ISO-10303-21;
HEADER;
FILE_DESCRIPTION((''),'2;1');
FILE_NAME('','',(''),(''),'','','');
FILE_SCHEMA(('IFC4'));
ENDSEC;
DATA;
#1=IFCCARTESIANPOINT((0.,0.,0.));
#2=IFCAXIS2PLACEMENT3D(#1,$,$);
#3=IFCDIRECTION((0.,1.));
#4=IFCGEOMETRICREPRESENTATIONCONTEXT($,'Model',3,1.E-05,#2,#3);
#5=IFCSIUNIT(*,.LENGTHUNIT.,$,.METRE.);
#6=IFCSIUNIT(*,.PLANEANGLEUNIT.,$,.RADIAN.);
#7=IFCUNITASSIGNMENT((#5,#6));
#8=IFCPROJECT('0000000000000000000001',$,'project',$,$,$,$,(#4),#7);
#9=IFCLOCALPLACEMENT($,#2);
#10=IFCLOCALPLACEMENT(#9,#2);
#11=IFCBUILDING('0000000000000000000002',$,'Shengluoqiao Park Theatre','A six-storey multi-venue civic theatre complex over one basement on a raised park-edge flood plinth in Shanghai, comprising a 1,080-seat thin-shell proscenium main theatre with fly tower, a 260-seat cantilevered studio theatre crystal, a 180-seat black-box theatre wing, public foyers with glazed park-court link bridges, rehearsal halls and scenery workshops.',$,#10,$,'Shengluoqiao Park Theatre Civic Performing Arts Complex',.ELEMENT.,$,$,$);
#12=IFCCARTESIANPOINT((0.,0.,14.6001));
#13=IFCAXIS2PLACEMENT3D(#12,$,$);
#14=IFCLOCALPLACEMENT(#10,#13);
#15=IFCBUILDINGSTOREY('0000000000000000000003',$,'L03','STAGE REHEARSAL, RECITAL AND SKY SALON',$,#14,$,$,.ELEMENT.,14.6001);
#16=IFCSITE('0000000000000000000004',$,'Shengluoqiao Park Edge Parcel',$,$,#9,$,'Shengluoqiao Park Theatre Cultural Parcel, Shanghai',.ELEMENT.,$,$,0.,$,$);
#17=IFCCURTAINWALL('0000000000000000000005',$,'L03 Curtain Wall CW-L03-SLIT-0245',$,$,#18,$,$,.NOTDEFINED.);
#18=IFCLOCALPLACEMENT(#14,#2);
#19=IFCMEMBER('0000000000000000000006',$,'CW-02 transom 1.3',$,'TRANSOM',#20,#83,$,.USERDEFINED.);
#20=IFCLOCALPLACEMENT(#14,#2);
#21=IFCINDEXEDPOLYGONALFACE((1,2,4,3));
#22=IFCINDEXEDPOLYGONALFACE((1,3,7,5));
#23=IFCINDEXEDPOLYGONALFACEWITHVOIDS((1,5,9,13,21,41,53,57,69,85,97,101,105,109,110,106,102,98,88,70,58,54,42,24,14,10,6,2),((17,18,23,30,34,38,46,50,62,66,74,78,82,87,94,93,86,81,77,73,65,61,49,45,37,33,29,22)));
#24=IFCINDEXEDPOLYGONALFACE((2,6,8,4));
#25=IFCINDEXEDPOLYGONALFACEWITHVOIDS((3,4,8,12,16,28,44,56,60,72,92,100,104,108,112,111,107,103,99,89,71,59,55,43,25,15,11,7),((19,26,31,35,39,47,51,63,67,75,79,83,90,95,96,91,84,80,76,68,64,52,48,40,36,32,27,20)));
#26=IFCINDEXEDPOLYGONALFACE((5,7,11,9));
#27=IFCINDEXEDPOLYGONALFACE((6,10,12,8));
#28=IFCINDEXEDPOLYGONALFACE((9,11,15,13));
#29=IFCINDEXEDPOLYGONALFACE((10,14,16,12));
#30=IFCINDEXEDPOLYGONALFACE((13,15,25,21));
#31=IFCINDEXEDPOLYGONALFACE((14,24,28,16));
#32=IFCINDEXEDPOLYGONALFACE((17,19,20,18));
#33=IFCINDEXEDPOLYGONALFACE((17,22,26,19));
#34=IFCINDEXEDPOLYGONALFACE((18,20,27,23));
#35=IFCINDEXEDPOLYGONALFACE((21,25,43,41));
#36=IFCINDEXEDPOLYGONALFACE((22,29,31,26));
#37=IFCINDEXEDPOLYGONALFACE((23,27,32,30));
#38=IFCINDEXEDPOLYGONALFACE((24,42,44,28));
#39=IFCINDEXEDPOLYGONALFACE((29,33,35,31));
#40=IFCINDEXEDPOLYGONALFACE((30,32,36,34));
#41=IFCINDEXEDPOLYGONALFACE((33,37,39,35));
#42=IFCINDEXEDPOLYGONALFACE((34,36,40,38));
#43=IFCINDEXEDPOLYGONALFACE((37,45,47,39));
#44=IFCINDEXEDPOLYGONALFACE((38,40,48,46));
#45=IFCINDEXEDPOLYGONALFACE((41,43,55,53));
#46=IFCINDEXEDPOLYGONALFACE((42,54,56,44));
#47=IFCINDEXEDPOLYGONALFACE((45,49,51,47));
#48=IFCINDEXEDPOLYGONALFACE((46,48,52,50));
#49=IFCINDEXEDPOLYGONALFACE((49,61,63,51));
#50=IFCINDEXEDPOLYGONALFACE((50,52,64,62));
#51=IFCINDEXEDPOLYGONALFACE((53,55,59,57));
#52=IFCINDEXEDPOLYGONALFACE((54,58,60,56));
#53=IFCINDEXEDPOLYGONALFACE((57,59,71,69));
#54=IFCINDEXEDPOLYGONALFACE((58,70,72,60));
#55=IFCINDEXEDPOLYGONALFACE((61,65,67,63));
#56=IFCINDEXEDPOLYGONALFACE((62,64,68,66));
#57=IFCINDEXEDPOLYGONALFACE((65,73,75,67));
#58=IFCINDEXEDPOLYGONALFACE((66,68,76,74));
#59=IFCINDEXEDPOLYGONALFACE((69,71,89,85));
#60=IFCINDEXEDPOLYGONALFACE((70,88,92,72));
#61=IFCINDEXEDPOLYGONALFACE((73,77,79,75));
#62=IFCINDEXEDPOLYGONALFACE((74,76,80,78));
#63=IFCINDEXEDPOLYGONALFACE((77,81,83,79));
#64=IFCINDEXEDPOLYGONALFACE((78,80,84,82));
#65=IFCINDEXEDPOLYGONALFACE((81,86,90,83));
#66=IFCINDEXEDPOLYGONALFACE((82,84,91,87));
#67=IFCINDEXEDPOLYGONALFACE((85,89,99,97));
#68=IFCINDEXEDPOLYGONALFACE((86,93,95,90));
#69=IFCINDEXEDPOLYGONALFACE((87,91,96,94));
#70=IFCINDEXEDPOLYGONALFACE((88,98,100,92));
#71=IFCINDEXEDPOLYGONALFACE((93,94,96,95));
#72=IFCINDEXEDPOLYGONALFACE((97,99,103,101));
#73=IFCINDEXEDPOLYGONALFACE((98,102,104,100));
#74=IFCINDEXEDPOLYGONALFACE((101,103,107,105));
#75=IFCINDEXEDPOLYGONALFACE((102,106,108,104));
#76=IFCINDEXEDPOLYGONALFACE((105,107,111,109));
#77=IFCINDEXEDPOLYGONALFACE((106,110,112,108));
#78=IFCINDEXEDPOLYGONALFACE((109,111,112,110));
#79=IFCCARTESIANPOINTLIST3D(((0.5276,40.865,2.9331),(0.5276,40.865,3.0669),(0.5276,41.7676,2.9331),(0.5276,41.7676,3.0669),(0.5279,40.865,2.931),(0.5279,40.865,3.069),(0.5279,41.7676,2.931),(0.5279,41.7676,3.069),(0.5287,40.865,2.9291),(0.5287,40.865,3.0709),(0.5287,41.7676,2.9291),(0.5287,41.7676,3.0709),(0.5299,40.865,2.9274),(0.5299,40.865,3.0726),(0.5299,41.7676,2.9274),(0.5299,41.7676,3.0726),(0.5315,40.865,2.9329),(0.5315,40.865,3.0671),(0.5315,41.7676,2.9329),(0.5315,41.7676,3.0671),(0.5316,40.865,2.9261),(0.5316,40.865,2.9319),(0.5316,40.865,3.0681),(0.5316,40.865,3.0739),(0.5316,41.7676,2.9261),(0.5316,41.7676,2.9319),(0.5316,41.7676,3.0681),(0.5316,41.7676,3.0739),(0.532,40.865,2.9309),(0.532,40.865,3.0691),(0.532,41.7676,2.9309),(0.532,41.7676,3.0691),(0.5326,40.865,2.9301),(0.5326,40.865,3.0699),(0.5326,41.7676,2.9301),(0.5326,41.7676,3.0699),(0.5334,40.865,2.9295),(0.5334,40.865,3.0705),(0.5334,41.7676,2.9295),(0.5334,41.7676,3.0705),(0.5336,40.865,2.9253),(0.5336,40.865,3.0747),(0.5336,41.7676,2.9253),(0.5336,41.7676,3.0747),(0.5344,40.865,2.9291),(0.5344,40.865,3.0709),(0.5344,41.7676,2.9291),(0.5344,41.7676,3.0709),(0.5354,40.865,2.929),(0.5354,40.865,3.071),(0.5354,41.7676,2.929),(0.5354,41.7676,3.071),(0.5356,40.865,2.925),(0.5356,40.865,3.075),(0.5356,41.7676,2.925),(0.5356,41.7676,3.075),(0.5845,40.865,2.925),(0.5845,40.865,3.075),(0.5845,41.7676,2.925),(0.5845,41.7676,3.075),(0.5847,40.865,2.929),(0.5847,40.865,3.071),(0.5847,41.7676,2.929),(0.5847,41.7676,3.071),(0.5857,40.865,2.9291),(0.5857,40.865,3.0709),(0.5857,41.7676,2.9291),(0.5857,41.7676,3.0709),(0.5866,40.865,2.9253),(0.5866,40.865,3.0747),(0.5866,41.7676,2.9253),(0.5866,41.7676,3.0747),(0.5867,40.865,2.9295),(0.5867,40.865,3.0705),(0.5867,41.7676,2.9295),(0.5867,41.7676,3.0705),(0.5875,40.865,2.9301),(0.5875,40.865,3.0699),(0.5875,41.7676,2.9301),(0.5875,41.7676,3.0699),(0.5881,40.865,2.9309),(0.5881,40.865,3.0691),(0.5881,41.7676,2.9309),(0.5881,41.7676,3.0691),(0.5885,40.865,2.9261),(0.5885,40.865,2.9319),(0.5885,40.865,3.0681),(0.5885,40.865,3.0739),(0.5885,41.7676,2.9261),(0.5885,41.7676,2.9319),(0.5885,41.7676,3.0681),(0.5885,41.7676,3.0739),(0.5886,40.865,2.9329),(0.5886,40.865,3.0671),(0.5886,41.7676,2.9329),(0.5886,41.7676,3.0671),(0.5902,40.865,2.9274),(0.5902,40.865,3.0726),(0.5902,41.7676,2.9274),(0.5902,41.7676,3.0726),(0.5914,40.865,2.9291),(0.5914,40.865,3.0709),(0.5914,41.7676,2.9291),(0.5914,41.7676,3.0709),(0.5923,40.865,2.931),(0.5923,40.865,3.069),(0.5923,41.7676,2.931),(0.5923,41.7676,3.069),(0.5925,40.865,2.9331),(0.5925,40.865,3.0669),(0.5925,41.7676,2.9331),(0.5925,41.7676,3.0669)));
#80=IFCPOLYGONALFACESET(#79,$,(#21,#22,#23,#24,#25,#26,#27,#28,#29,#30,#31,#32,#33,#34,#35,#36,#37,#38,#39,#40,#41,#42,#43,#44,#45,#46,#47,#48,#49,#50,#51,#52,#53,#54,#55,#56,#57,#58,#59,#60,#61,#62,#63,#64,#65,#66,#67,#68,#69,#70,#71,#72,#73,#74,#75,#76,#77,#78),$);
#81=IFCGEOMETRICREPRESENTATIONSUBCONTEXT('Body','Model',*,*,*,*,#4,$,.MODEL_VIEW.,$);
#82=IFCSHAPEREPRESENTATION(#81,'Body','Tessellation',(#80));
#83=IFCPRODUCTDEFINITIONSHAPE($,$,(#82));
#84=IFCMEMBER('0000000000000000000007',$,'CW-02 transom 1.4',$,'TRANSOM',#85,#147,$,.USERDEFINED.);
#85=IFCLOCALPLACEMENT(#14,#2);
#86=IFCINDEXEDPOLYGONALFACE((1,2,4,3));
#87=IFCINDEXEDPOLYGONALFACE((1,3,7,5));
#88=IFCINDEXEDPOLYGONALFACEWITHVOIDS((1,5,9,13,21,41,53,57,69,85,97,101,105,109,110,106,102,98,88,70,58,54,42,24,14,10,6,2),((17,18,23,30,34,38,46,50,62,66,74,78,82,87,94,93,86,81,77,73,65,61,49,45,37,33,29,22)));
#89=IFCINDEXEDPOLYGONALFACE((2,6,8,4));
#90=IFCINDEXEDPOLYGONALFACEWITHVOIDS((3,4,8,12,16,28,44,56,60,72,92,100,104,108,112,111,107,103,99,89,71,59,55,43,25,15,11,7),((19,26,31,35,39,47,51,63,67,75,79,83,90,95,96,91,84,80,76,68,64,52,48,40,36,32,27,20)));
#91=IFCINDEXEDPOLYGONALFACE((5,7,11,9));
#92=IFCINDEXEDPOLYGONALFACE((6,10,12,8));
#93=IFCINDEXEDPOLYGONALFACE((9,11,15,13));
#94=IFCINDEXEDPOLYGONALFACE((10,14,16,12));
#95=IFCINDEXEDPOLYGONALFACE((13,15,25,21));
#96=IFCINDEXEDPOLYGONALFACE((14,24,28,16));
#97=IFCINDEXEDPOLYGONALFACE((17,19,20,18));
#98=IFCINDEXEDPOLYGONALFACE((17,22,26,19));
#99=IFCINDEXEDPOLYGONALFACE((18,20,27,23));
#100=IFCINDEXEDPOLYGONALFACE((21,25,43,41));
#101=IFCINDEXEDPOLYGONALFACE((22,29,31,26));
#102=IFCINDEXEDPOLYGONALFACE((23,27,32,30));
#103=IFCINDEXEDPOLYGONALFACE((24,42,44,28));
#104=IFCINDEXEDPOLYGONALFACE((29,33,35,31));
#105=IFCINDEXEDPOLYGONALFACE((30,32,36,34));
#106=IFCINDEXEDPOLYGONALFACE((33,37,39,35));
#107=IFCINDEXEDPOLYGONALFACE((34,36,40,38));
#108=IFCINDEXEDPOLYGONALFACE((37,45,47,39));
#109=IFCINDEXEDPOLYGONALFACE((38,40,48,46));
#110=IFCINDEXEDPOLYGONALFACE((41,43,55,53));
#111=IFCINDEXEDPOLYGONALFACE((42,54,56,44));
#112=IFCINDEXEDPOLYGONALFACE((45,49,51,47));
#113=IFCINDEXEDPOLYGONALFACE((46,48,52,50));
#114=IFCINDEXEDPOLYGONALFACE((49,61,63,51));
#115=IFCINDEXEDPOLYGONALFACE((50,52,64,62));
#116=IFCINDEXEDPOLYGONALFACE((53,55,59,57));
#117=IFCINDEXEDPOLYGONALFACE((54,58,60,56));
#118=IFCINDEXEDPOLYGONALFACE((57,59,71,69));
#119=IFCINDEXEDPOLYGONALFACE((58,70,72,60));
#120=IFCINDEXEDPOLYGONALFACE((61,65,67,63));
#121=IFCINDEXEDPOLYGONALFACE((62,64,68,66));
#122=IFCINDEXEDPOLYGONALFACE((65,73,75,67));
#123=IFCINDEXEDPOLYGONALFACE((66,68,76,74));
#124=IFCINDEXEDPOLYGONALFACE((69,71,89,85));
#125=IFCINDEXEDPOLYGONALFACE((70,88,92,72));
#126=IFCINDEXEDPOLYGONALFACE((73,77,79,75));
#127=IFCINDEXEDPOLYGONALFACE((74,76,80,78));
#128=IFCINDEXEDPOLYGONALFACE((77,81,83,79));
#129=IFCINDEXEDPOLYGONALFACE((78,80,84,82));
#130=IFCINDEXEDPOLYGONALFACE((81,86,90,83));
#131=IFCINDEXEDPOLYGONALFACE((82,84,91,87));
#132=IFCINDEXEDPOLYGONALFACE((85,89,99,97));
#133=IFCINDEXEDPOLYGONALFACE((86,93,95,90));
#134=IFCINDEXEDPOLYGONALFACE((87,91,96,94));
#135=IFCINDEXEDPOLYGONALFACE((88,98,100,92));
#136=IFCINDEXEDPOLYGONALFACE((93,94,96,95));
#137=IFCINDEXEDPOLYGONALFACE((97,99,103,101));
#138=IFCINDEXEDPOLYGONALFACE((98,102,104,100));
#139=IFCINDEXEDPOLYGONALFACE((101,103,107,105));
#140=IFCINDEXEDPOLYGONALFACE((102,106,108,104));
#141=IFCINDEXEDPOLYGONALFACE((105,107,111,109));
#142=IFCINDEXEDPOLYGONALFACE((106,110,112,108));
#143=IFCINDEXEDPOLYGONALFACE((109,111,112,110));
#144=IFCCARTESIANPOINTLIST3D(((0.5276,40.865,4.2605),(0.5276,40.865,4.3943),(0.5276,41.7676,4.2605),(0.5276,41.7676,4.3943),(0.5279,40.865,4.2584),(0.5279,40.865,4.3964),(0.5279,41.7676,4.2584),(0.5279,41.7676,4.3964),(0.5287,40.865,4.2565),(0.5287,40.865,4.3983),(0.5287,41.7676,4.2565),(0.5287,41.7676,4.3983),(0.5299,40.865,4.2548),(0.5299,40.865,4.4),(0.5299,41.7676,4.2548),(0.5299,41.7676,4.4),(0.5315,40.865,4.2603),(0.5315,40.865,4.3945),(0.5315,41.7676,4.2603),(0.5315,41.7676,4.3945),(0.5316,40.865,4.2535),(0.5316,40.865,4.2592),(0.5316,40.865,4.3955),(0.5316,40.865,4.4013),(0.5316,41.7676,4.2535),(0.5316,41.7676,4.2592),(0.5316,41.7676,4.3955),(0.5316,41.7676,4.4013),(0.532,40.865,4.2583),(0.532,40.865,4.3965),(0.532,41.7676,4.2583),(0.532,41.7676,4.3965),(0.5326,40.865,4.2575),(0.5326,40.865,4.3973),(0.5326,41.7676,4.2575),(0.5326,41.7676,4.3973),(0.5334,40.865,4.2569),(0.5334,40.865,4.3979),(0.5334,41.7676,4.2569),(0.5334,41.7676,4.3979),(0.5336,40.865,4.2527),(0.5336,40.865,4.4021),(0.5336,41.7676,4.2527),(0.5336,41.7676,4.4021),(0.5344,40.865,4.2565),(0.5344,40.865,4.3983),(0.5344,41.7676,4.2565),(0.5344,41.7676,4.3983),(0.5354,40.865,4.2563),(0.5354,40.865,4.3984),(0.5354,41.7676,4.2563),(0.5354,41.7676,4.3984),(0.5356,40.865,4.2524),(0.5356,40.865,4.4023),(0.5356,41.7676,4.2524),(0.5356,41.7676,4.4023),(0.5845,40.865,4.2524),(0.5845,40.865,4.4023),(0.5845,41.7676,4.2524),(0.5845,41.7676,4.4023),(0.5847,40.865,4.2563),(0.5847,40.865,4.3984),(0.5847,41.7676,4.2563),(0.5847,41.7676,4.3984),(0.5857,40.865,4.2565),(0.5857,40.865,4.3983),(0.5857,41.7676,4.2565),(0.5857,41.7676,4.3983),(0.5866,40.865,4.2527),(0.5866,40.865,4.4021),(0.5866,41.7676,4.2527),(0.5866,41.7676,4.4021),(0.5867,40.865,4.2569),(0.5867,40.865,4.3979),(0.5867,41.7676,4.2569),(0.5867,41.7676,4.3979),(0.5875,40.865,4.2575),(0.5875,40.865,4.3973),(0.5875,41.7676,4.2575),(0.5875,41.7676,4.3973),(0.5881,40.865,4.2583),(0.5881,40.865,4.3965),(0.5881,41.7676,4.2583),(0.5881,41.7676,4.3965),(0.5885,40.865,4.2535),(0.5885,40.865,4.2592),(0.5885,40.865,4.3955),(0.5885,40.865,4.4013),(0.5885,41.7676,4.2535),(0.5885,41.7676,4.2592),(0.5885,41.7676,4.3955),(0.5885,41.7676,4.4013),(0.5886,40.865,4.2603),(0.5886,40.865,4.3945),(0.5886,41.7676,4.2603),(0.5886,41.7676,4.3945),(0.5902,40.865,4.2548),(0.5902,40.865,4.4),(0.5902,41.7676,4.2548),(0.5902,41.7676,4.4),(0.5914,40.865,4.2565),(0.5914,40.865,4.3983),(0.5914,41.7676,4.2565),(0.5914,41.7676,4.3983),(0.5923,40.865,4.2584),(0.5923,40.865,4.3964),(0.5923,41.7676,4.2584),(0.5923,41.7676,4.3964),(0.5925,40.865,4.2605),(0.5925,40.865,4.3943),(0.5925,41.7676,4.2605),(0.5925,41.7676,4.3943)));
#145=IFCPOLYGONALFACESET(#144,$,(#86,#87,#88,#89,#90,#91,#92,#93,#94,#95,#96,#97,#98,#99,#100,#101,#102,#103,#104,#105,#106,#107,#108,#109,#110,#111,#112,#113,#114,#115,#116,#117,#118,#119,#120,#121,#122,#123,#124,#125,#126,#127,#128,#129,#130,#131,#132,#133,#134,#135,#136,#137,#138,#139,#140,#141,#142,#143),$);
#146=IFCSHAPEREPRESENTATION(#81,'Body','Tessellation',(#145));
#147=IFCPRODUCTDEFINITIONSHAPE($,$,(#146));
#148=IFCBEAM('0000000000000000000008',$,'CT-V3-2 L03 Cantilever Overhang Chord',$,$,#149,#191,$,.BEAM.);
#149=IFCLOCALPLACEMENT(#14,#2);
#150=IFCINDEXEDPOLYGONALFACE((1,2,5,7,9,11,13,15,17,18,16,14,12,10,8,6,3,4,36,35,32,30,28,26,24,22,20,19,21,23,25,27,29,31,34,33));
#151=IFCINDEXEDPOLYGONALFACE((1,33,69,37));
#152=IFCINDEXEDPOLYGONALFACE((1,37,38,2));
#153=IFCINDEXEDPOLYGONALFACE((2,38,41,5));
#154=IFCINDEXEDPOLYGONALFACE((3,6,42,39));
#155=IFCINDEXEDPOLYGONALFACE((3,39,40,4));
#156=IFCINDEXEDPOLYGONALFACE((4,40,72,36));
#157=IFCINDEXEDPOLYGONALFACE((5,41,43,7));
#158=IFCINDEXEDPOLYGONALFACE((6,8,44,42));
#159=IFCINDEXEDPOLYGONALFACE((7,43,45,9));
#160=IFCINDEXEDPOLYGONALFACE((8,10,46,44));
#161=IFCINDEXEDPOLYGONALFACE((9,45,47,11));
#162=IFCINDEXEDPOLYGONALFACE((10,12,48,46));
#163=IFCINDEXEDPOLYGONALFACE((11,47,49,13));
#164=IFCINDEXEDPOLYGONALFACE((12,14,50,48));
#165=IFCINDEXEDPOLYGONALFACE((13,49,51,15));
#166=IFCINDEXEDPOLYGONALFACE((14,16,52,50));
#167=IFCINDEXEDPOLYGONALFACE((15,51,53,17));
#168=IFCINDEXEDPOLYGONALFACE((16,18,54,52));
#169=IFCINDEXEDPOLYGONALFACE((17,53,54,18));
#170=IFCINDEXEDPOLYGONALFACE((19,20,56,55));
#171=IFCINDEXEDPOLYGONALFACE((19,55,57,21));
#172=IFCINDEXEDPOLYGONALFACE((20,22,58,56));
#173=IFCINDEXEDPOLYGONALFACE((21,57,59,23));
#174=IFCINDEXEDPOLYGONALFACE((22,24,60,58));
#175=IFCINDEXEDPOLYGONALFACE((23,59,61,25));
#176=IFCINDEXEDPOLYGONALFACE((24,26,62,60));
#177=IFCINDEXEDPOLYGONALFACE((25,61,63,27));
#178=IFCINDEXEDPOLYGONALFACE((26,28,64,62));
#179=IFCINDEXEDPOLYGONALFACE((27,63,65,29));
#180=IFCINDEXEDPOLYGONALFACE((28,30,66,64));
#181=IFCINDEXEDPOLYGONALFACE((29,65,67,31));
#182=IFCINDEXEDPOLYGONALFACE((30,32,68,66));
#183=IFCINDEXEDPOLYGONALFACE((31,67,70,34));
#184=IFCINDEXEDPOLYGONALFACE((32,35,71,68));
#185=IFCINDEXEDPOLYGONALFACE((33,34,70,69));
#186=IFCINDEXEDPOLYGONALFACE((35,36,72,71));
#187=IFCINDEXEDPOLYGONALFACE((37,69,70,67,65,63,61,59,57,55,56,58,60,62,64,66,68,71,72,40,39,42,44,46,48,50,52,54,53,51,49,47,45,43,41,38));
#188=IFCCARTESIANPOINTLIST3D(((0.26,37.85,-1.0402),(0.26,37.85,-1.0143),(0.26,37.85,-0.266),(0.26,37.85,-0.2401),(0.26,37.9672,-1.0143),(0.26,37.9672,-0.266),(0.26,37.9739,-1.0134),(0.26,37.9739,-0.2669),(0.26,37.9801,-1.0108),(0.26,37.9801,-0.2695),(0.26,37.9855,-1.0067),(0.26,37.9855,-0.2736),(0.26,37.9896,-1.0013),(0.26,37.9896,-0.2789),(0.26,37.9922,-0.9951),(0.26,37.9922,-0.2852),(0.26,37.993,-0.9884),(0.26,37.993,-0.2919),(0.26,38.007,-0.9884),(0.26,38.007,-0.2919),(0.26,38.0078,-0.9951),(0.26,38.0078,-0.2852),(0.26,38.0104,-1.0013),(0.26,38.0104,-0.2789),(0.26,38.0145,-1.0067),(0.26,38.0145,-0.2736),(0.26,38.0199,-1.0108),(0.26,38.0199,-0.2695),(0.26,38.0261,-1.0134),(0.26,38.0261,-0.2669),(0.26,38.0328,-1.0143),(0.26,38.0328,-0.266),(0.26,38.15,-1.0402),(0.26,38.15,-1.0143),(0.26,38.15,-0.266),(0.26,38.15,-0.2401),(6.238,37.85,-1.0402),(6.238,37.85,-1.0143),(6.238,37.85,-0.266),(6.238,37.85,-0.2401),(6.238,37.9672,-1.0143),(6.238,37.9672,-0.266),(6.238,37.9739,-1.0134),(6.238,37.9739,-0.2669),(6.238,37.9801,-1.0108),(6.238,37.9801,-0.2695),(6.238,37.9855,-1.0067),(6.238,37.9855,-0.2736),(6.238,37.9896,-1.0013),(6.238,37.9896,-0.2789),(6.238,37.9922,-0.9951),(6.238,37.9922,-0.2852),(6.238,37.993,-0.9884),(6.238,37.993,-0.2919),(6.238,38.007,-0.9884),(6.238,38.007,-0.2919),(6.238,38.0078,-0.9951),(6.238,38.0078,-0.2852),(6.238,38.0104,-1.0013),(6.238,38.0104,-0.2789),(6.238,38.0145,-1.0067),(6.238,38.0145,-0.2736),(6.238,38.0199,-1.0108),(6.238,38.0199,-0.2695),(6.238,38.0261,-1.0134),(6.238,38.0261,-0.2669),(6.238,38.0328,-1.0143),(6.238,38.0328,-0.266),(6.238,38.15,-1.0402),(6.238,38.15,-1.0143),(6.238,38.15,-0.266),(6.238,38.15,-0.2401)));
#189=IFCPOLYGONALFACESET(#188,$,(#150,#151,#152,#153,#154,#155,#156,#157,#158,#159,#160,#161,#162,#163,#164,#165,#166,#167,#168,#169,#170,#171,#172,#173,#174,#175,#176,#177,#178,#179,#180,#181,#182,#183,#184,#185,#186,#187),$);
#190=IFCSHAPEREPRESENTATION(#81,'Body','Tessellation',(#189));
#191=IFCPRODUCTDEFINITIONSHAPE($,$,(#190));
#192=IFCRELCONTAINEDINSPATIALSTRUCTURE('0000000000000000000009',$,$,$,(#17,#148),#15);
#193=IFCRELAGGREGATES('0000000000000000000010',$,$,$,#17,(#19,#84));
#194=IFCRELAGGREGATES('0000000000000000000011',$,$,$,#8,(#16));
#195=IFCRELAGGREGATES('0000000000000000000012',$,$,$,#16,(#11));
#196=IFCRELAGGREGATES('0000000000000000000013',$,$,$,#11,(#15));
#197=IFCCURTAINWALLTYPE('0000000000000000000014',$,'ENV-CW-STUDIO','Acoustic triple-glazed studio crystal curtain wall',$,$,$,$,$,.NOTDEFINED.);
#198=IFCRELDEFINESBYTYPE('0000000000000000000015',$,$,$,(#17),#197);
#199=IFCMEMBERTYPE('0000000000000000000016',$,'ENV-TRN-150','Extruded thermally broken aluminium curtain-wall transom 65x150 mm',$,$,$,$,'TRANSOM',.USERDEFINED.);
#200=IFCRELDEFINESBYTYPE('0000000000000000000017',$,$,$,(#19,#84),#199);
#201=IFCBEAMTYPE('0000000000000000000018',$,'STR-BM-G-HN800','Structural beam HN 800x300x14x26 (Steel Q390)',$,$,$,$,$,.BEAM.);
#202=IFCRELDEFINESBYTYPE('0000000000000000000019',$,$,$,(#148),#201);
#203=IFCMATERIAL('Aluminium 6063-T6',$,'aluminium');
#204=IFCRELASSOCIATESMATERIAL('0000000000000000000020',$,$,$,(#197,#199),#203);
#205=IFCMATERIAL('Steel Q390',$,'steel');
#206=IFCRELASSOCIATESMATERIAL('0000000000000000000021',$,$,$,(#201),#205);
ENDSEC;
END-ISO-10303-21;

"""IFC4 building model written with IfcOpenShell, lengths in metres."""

from ifc_helpers import new_model, si_unit, direction, frame, origin, origin_2d, place, context, subcontext, project, spatial, hollow_rectangle, i_section, extrude, material, material_profile, profile_set, type_object, element, aggregate, save


model = new_model("IFC4")

# Units and contexts
model_context = context("Model", 3, precision=1e-05, world=origin(), true_north=direction((0.0, 1.0)))
body_context = subcontext(model_context, "Body", "Model", "MODEL_VIEW")
ifc_project = project(units=[si_unit("LENGTHUNIT", "METRE"), si_unit("PLANEANGLEUNIT", "RADIAN")], contexts=[model_context])

# Site, building, storey
site_placement = place(None, origin())
site = spatial("IfcSite", under=ifc_project, at=site_placement, Name="Shengluoqiao Park Edge Parcel", LongName="Shengluoqiao Park Theatre Cultural Parcel, Shanghai", CompositionType="ELEMENT", RefElevation=0.0)
building_placement = place(site_placement, origin())
building = spatial("IfcBuilding", under=site, at=building_placement, Name="Shengluoqiao Park Theatre", Description="A six-storey multi-venue civic theatre complex over one basement on a raised park-edge flood plinth in Shanghai, comprising a 1,080-seat thin-shell proscenium main theatre with fly tower, a 260-seat cantilevered studio theatre crystal, a 180-seat black-box theatre wing, public foyers with glazed park-court link bridges, rehearsal halls and scenery workshops.", LongName="Shengluoqiao Park Theatre Civic Performing Arts Complex", CompositionType="ELEMENT")
storey_placement = place(building_placement, frame((0.0, 0.0, 14.6001)))
storey = spatial("IfcBuildingStorey", under=building, at=storey_placement, Name="L03", Description="STAGE REHEARSAL, RECITAL AND SKY SALON", CompositionType="ELEMENT", Elevation=14.6001)

# Curtain wall
ifc_material_1 = material(Name="Aluminium 6063-T6", Category="aluminium")
curtain_wall_type = type_object("IfcCurtainWallType", Name="ENV-CW-STUDIO", Description="Acoustic triple-glazed studio crystal curtain wall", PredefinedType="NOTDEFINED", material=ifc_material_1)
curtain_wall_1_placement = place(storey_placement, origin())
curtain_wall_1 = element("IfcCurtainWall", 1, at=curtain_wall_1_placement, inside=storey, type_object=curtain_wall_type, Name="L03 Curtain Wall CW-L03-SLIT-0245", PredefinedType="NOTDEFINED")

# Members
ifc_material_profile_1 = material_profile(ifc_material_1, hollow_rectangle(XDim=0.0649, YDim=0.1499, WallThickness=0.0039, InnerFilletRadius=0.0039, OuterFilletRadius=0.0081, at=origin_2d()), Name="ALU TRANSOM 150x65x4")
ifc_profile_set_1 = profile_set([ifc_material_profile_1], Name="Aluminium 6063-T6")
member_type_1 = type_object("IfcMemberType", Name="ENV-TRN-150", Description="Extruded thermally broken aluminium curtain-wall transom 65x150 mm", ElementType="TRANSOM", PredefinedType="USERDEFINED", material=ifc_profile_set_1)
member_1_placement = place(storey_placement, frame((0.5601, 40.865, 3.0), z_axis=(0.0, 1.0, 0.0), x_axis=(-1.0, 0.0, 0.0)))
member_1 = element("IfcMember", 2, at=member_1_placement, type_object=member_type_1, Name="CW-02 transom 1.3", ObjectType="TRANSOM", PredefinedType="USERDEFINED", context=body_context, shape_type="SweptSolid", body=[
    extrude(hollow_rectangle(XDim=0.0649, YDim=0.1499, WallThickness=0.0039, InnerFilletRadius=0.0039, OuterFilletRadius=0.0081, at=origin_2d()), origin(), (0.0, 0.0, 1.0), 0.9026),
])
member_2_placement = place(storey_placement, frame((0.5601, 40.865, 4.3274), z_axis=(0.0, 1.0, 0.0), x_axis=(-1.0, 0.0, 0.0)))
member_2 = element("IfcMember", 3, at=member_2_placement, type_object=member_type_1, Name="CW-02 transom 1.4", ObjectType="TRANSOM", PredefinedType="USERDEFINED", context=body_context, shape_type="SweptSolid", body=[
    extrude(hollow_rectangle(XDim=0.0649, YDim=0.1499, WallThickness=0.0039, InnerFilletRadius=0.0039, OuterFilletRadius=0.0081, at=origin_2d()), origin(), (0.0, 0.0, 1.0), 0.9026),
])

# Beam
ifc_material_2 = material(Name="Steel Q390", Category="steel")
ifc_material_profile_2 = material_profile(ifc_material_2, i_section(OverallWidth=0.3, OverallDepth=0.8, WebThickness=0.0139, FlangeThickness=0.0259, FilletRadius=0.0259, at=origin_2d()), Name="HN 800x300x14x26")
ifc_profile_set_2 = profile_set([ifc_material_profile_2], Name="Steel Q390")
beam_type_1 = type_object("IfcBeamType", Name="STR-BM-G-HN800", Description="Structural beam HN 800x300x14x26 (Steel Q390)", PredefinedType="BEAM", material=ifc_profile_set_2)
beam_1_placement = place(storey_placement, frame((0.26, 38.0, -0.6401), z_axis=(1.0, 0.0, 0.0), x_axis=(0.0, 1.0, 0.0)))
element("IfcBeam", 4, at=beam_1_placement, inside=storey, type_object=beam_type_1, Name="CT-V3-2 L03 Cantilever Overhang Chord", PredefinedType="BEAM", context=body_context, shape_type="SweptSolid", body=[
    extrude(i_section(OverallWidth=0.3, OverallDepth=0.8, WebThickness=0.0139, FlangeThickness=0.0259, FilletRadius=0.0259, at=origin_2d()), origin(), (0.0, 0.0, 1.0), 5.978),
])

aggregate(curtain_wall_1, [member_1, member_2])

save(model, "model.ifc")
